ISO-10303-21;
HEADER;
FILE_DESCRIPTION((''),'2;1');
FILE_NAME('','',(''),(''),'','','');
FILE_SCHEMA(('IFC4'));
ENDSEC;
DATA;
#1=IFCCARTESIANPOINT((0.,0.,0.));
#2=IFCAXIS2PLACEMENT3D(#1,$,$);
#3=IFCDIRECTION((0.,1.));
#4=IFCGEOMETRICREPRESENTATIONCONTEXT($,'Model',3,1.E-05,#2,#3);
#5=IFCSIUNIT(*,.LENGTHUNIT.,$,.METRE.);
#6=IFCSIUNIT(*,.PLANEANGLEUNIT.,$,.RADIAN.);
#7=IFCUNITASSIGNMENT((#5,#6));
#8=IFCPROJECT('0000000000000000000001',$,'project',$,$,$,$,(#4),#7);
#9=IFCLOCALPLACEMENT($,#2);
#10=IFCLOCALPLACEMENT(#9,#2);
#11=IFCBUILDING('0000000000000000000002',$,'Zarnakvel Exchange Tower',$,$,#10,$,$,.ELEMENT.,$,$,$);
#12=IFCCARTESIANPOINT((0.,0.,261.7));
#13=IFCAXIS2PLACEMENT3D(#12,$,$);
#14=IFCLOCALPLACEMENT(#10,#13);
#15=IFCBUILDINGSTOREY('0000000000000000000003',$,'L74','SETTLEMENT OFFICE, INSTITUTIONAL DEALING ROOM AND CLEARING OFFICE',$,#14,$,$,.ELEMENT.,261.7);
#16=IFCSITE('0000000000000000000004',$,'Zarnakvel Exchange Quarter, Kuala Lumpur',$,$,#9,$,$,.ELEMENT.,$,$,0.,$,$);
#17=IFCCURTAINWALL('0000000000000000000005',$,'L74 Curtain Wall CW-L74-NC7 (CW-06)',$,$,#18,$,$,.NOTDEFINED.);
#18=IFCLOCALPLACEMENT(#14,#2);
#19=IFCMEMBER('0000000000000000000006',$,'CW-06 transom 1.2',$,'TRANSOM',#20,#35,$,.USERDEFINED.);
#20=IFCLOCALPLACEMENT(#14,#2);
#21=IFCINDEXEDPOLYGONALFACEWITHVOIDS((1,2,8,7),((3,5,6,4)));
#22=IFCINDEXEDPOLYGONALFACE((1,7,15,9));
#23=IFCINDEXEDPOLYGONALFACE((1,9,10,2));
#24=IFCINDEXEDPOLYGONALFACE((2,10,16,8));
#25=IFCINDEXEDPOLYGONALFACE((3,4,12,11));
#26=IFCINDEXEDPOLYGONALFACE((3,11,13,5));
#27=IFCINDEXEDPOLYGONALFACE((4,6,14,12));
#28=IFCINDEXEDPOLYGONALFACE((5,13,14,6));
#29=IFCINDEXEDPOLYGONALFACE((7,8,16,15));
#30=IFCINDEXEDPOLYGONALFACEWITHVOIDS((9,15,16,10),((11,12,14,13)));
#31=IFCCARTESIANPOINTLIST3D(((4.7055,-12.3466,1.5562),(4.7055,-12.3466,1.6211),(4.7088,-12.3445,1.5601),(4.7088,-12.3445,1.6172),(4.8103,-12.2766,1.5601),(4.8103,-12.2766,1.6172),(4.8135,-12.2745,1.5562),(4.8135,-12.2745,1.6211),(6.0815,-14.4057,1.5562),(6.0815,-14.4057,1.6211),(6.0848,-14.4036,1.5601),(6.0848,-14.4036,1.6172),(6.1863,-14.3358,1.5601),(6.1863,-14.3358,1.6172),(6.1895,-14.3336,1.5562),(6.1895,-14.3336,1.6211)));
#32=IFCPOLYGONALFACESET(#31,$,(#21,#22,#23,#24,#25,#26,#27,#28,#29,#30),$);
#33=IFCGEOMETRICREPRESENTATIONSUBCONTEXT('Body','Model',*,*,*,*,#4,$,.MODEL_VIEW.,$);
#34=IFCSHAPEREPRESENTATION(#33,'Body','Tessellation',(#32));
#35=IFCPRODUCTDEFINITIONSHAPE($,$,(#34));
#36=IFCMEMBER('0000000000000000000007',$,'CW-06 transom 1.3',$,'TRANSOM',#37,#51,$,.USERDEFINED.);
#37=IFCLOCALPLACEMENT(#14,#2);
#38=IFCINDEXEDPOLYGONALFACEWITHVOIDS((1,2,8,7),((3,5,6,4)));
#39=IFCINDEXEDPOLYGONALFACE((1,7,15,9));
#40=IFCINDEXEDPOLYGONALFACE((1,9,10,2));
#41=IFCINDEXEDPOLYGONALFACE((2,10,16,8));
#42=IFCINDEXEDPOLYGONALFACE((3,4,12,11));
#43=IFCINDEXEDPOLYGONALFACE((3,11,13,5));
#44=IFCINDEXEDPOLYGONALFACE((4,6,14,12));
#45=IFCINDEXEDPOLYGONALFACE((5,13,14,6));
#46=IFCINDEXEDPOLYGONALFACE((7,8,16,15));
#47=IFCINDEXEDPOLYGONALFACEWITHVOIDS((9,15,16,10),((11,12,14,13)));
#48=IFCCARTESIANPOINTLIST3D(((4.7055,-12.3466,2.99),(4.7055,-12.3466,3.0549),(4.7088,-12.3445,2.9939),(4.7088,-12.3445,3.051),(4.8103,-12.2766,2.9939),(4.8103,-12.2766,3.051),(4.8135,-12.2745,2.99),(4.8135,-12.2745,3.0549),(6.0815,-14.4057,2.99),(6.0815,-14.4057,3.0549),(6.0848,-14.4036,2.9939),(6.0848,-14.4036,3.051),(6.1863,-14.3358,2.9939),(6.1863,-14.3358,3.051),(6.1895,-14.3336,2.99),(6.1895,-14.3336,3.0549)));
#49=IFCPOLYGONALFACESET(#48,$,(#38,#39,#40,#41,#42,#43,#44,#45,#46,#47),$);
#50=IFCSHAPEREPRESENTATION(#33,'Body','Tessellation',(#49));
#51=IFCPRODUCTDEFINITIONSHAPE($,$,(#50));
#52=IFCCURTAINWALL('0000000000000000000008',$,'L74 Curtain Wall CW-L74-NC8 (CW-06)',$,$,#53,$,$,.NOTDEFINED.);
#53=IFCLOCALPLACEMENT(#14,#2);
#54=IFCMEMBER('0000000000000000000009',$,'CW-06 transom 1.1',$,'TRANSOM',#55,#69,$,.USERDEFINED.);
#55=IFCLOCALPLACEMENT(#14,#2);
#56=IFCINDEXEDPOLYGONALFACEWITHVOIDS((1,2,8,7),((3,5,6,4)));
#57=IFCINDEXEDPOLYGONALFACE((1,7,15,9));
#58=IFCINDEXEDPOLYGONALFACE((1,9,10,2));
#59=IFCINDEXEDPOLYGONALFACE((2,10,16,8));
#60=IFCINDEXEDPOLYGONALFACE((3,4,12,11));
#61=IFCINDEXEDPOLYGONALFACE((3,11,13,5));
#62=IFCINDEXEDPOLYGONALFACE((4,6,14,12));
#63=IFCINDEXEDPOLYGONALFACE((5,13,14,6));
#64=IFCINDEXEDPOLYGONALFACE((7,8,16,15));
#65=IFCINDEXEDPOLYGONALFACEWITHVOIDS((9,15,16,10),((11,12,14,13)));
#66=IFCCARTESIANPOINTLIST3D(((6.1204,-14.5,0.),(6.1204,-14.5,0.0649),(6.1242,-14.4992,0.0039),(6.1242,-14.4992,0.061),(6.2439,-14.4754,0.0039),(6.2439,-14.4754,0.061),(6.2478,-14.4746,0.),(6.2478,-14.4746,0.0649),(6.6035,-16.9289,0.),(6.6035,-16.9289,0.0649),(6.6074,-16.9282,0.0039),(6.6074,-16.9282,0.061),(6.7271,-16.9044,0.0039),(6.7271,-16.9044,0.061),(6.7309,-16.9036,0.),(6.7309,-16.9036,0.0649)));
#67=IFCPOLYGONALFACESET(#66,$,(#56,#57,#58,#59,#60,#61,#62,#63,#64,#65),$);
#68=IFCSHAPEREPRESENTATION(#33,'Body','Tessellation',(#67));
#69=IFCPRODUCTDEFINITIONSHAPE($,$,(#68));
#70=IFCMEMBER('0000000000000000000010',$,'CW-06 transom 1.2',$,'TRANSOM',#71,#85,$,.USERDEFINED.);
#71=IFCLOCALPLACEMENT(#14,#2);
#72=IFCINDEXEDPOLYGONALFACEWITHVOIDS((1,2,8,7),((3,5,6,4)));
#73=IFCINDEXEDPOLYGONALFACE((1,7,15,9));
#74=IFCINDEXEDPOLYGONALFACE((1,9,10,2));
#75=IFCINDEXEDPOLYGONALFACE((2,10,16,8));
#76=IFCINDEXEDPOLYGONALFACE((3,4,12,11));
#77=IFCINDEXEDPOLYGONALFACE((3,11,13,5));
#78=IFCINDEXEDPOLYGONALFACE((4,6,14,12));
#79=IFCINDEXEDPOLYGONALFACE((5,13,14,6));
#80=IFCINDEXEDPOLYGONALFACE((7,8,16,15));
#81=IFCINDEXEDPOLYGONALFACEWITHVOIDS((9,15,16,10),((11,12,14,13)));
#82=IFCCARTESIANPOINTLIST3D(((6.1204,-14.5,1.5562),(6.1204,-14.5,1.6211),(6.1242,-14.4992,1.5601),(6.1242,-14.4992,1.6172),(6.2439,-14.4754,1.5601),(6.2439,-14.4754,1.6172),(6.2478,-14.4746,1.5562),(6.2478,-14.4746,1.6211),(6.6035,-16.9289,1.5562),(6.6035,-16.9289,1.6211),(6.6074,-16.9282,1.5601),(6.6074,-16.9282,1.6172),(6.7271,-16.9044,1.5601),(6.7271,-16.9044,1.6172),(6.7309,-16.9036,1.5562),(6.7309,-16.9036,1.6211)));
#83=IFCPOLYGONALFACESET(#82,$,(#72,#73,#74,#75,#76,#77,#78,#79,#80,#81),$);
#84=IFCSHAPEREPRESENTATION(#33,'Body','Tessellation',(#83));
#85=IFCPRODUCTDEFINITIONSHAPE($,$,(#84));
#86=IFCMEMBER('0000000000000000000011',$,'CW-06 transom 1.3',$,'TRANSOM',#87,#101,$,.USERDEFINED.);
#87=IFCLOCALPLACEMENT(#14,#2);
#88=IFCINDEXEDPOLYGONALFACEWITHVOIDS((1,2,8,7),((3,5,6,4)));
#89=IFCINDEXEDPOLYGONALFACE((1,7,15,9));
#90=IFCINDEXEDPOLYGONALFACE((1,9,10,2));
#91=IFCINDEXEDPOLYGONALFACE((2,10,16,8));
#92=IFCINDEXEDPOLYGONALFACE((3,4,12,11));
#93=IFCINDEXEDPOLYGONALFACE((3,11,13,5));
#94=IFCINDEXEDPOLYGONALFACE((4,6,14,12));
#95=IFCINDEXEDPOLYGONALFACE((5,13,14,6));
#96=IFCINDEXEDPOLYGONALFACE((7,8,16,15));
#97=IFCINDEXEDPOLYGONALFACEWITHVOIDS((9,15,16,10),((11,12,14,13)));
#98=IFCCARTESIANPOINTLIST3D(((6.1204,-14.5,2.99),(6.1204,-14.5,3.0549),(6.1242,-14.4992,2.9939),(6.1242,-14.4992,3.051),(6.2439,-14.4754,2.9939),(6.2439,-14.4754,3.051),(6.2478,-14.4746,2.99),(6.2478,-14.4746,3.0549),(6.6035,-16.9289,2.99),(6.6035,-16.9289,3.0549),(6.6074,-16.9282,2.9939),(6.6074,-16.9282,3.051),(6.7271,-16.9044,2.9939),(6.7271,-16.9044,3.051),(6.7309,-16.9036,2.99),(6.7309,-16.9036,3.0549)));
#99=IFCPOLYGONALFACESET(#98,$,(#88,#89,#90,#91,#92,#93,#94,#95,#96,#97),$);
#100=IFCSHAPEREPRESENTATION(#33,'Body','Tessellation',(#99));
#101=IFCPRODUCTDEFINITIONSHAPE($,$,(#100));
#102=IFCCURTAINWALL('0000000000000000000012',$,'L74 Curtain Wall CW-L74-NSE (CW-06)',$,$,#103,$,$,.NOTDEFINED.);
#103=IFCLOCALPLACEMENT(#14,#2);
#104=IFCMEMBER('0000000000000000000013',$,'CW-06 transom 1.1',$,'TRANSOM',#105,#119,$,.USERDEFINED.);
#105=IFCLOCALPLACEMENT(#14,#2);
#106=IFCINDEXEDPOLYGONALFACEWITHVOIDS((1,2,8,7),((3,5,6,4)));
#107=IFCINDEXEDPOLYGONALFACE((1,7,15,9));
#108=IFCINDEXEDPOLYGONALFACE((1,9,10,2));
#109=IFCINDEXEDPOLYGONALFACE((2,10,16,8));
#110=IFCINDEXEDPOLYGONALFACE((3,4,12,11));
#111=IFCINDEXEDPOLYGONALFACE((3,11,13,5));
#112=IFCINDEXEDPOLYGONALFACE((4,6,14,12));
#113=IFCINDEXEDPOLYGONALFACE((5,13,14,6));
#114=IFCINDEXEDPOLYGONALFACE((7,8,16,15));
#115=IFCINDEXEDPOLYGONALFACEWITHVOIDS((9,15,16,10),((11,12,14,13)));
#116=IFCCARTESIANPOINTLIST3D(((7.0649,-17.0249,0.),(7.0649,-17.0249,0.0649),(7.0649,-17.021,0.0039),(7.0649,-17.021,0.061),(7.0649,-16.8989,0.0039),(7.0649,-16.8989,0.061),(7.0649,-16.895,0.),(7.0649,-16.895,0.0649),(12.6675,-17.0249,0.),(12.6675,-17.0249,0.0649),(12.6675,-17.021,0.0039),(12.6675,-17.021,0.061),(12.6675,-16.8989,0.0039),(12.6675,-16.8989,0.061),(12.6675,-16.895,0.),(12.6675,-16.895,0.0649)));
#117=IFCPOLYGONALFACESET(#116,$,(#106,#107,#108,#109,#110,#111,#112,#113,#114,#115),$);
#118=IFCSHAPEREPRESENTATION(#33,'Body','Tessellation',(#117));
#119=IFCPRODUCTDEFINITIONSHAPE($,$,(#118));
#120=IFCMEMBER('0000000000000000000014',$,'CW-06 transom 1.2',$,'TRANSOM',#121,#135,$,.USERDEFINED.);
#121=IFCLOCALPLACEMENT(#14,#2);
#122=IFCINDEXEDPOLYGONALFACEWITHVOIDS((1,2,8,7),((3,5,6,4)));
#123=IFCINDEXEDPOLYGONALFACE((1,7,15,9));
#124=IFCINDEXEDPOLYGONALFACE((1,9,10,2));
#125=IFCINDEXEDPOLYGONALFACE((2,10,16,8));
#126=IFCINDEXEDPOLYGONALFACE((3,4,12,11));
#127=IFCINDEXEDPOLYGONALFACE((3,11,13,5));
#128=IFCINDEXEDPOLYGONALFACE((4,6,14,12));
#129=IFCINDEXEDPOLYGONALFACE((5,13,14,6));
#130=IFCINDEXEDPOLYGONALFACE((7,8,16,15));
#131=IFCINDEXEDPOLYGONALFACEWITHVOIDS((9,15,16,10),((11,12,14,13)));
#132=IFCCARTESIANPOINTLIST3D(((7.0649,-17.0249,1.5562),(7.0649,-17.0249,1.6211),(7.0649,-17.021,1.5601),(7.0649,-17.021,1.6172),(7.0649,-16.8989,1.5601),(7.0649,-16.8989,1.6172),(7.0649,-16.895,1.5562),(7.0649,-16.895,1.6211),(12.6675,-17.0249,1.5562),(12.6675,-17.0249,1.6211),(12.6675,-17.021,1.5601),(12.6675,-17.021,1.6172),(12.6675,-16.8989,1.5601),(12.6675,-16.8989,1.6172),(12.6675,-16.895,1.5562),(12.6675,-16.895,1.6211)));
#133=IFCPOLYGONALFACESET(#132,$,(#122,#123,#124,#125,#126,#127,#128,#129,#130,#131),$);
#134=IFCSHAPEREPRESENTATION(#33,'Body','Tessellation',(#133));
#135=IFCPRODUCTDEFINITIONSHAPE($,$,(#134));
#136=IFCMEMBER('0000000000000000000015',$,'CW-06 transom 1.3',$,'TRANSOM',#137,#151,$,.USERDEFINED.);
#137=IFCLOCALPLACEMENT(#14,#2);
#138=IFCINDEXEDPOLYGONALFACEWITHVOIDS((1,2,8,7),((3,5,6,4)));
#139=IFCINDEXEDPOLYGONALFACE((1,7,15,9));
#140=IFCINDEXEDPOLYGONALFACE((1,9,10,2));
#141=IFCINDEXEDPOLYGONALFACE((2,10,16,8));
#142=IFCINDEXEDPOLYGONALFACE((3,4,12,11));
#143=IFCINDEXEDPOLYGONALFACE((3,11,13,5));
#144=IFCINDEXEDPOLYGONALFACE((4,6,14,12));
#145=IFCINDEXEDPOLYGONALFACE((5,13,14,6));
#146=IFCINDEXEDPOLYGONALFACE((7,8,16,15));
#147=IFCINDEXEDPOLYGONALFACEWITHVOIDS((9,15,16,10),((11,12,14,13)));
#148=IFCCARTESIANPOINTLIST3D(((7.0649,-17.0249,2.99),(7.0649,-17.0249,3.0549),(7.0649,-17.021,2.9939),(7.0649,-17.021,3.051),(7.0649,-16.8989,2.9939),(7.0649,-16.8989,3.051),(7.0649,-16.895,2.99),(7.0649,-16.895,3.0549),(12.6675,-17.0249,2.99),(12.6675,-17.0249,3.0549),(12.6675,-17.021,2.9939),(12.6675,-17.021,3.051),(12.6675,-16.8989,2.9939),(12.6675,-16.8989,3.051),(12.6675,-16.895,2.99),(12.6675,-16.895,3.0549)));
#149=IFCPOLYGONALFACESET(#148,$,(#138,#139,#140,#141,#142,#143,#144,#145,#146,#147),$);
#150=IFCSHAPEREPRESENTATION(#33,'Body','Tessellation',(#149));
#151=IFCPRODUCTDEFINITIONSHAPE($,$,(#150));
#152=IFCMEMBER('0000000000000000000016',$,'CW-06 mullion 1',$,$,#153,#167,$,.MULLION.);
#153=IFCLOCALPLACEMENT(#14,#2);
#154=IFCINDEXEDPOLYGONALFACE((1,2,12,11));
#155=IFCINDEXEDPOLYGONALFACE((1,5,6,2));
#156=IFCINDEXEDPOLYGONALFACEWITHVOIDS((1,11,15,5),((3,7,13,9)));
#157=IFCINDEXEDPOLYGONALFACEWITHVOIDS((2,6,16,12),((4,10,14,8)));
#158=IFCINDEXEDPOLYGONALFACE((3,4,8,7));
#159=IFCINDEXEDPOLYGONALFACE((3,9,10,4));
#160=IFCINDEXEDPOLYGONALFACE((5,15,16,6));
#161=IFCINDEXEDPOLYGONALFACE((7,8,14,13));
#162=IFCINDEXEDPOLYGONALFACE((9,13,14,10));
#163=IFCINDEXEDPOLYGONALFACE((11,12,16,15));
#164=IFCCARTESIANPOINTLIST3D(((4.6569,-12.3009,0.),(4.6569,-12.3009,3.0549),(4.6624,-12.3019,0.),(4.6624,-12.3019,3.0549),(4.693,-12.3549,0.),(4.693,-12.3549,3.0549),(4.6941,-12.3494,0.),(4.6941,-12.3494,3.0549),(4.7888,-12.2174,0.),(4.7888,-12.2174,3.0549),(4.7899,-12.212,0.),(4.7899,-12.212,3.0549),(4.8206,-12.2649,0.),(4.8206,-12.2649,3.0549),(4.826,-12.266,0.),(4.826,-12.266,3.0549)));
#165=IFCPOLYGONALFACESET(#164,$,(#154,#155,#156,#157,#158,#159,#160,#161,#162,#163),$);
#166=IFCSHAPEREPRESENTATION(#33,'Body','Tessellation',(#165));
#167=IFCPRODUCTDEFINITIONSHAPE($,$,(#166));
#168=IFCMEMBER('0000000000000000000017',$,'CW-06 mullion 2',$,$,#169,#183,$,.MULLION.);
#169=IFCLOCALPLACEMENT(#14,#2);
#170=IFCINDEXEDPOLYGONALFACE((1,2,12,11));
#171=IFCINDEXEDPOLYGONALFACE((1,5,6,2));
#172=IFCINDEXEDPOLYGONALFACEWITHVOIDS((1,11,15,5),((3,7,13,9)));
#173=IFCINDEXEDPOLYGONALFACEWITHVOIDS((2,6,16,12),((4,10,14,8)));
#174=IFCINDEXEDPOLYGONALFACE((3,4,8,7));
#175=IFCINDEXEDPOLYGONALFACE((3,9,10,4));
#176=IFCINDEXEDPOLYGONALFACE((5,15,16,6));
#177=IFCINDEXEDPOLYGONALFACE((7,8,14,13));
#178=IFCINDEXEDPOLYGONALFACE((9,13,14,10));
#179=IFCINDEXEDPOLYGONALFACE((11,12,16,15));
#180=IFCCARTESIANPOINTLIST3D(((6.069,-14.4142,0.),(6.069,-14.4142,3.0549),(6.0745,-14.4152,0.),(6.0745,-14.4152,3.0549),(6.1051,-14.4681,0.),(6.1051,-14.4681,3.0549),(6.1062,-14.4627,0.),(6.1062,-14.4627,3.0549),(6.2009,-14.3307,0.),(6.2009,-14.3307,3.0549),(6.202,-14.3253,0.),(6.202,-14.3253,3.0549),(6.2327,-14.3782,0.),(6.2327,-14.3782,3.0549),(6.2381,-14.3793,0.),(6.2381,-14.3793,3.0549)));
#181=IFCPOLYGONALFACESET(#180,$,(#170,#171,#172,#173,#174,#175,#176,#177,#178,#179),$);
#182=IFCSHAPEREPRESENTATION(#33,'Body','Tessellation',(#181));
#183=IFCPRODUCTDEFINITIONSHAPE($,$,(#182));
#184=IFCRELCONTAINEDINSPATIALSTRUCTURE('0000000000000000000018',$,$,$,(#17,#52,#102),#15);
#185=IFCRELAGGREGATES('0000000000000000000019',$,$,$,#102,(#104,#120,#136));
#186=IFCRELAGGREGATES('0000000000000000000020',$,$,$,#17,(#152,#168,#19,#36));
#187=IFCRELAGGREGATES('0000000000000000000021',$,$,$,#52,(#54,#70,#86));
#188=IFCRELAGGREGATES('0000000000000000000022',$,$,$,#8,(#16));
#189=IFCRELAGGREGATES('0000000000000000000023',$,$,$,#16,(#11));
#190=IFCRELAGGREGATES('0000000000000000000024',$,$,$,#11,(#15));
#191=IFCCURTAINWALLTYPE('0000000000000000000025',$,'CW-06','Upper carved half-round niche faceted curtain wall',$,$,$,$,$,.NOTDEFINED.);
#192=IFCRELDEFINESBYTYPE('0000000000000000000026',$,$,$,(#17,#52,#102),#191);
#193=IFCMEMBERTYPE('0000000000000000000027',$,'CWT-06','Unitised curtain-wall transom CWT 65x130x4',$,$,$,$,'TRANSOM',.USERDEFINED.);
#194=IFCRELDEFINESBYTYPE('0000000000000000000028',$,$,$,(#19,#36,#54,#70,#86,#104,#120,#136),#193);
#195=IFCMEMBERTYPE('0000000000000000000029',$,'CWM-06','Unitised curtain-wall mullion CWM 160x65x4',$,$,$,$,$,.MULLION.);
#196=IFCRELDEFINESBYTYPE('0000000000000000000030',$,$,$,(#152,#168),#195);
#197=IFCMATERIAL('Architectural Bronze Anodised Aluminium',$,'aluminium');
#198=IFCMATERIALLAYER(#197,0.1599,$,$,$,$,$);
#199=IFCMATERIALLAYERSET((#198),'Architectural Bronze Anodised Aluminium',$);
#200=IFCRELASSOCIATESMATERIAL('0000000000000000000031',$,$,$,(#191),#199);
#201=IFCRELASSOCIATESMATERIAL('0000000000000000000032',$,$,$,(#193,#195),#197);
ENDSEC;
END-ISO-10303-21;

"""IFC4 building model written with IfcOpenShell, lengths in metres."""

from ifc_helpers import new_model, si_unit, direction, frame, origin, origin_2d, place, context, subcontext, project, spatial, hollow_rectangle, extrude, source, transform, mapped, material, layer, layer_set, material_profile, profile_set, type_object, element, aggregate, save


model = new_model("IFC4")

# Units and contexts
model_context = context("Model", 3, precision=1e-05, world=origin(), true_north=direction((0.0, 1.0)))
body_context = subcontext(model_context, "Body", "Model", "MODEL_VIEW")
ifc_project = project(units=[si_unit("LENGTHUNIT", "METRE"), si_unit("PLANEANGLEUNIT", "RADIAN")], contexts=[model_context])

# Site, building, storey
site_placement = place(None, origin())
site = spatial("IfcSite", under=ifc_project, at=site_placement, Name="Zarnakvel Exchange Quarter, Kuala Lumpur", CompositionType="ELEMENT", RefElevation=0.0)
building_placement = place(site_placement, origin())
building = spatial("IfcBuilding", under=site, at=building_placement, Name="Zarnakvel Exchange Tower", CompositionType="ELEMENT")
storey_placement = place(building_placement, frame((0.0, 0.0, 261.7)))
storey = spatial("IfcBuildingStorey", under=building, at=storey_placement, Name="L74", Description="SETTLEMENT OFFICE, INSTITUTIONAL DEALING ROOM AND CLEARING OFFICE", CompositionType="ELEMENT", Elevation=261.7)

# Curtain walls, members
ifc_material_1 = material(Name="Architectural Bronze Anodised Aluminium", Category="aluminium")
ifc_layer_1 = layer(ifc_material_1, 0.1599)
ifc_layer_set_1 = layer_set([ifc_layer_1], Name="Architectural Bronze Anodised Aluminium")
curtain_wall_type = type_object("IfcCurtainWallType", Name="CW-06", Description="Upper carved half-round niche faceted curtain wall", PredefinedType="NOTDEFINED", material=ifc_layer_set_1)
curtain_wall_1_placement = place(storey_placement, origin())
curtain_wall_1 = element("IfcCurtainWall", 1, at=curtain_wall_1_placement, inside=storey, type_object=curtain_wall_type, Name="L74 Curtain Wall CW-L74-NC7 (CW-06)", PredefinedType="NOTDEFINED")
ifc_material_profile_1 = material_profile(ifc_material_1, hollow_rectangle(XDim=0.1299, YDim=0.0649, WallThickness=0.0039, at=origin_2d()))
ifc_profile_set_1 = profile_set([ifc_material_profile_1], Name="Architectural Bronze Anodised Aluminium")
member_type_1 = type_object("IfcMemberType", Name="CWT-06", Description="Unitised curtain-wall transom CWT 65x130x4", ElementType="TRANSOM", PredefinedType="USERDEFINED", material=ifc_profile_set_1)
shared_shape_1 = source(origin(), body_context, "Body", "SweptSolid", [
    extrude(hollow_rectangle(XDim=0.1299, YDim=0.0649, WallThickness=0.0039, at=origin_2d()), origin(), (0.0, 0.0, 1.0), 2.4766),
])
member_1_placement = place(storey_placement, frame((4.7595, -12.3105, 1.5886), z_axis=(0.55561, -0.831443, 0.0), x_axis=(0.831443, 0.55561, 0.0)))
member_1 = element("IfcMember", 2, at=member_1_placement, type_object=member_type_1, Name="CW-06 transom 1.2", ObjectType="TRANSOM", PredefinedType="USERDEFINED", context=body_context, shape_type="MappedRepresentation", body=[
    mapped(shared_shape_1, transform((0.0, 0.0, 0.0), x_axis=(1.0, 0.0, 0.0), y_axis=(0.0, 1.0, 0.0), z_axis=(0.0, 0.0, 1.0), scale=1.0)),
])
member_2_placement = place(storey_placement, frame((4.7595, -12.3105, 3.0225), z_axis=(0.55561, -0.831443, 0.0), x_axis=(0.831443, 0.55561, 0.0)))
member_2 = element("IfcMember", 3, at=member_2_placement, type_object=member_type_1, Name="CW-06 transom 1.3", ObjectType="TRANSOM", PredefinedType="USERDEFINED", context=body_context, shape_type="MappedRepresentation", body=[
    mapped(shared_shape_1, transform((0.0, 0.0, 0.0), x_axis=(1.0, 0.0, 0.0), y_axis=(0.0, 1.0, 0.0), z_axis=(0.0, 0.0, 1.0), scale=1.0)),
])
curtain_wall_2_placement = place(storey_placement, origin())
curtain_wall_2 = element("IfcCurtainWall", 4, at=curtain_wall_2_placement, inside=storey, type_object=curtain_wall_type, Name="L74 Curtain Wall CW-L74-NC8 (CW-06)", PredefinedType="NOTDEFINED")
member_3_placement = place(storey_placement, frame((6.1841, -14.4873, 0.0325), z_axis=(0.195092, -0.980785, 0.0), x_axis=(0.980785, 0.195092, 0.0)))
member_3 = element("IfcMember", 5, at=member_3_placement, type_object=member_type_1, Name="CW-06 transom 1.1", ObjectType="TRANSOM", PredefinedType="USERDEFINED", context=body_context, shape_type="MappedRepresentation", body=[
    mapped(shared_shape_1, transform((0.0, 0.0, 0.0), x_axis=(1.0, 0.0, 0.0), y_axis=(0.0, 1.0, 0.0), z_axis=(0.0, 0.0, 1.0), scale=1.0)),
])
member_4_placement = place(storey_placement, frame((6.1841, -14.4873, 1.5886), z_axis=(0.195092, -0.980785, 0.0), x_axis=(0.980785, 0.195092, 0.0)))
member_4 = element("IfcMember", 6, at=member_4_placement, type_object=member_type_1, Name="CW-06 transom 1.2", ObjectType="TRANSOM", PredefinedType="USERDEFINED", context=body_context, shape_type="MappedRepresentation", body=[
    mapped(shared_shape_1, transform((0.0, 0.0, 0.0), x_axis=(1.0, 0.0, 0.0), y_axis=(0.0, 1.0, 0.0), z_axis=(0.0, 0.0, 1.0), scale=1.0)),
])
member_5_placement = place(storey_placement, frame((6.1841, -14.4873, 3.0225), z_axis=(0.195092, -0.980785, 0.0), x_axis=(0.980785, 0.195092, 0.0)))
member_5 = element("IfcMember", 7, at=member_5_placement, type_object=member_type_1, Name="CW-06 transom 1.3", ObjectType="TRANSOM", PredefinedType="USERDEFINED", context=body_context, shape_type="MappedRepresentation", body=[
    mapped(shared_shape_1, transform((0.0, 0.0, 0.0), x_axis=(1.0, 0.0, 0.0), y_axis=(0.0, 1.0, 0.0), z_axis=(0.0, 0.0, 1.0), scale=1.0)),
])
curtain_wall_3_placement = place(storey_placement, origin())
curtain_wall_3 = element("IfcCurtainWall", 8, at=curtain_wall_3_placement, inside=storey, type_object=curtain_wall_type, Name="L74 Curtain Wall CW-L74-NSE (CW-06)", PredefinedType="NOTDEFINED")
shared_shape_2 = source(origin(), body_context, "Body", "SweptSolid", [
    extrude(hollow_rectangle(XDim=0.1299, YDim=0.0649, WallThickness=0.0039, at=origin_2d()), origin(), (0.0, 0.0, 1.0), 5.6025),
])
member_6_placement = place(storey_placement, frame((7.0649, -16.96, 0.0325), z_axis=(1.0, 0.0, 0.0), x_axis=(0.0, 1.0, 0.0)))
member_6 = element("IfcMember", 9, at=member_6_placement, type_object=member_type_1, Name="CW-06 transom 1.1", ObjectType="TRANSOM", PredefinedType="USERDEFINED", context=body_context, shape_type="MappedRepresentation", body=[
    mapped(shared_shape_2, transform((0.0, 0.0, 0.0), x_axis=(1.0, 0.0, 0.0), y_axis=(0.0, 1.0, 0.0), z_axis=(0.0, 0.0, 1.0), scale=1.0)),
])
member_7_placement = place(storey_placement, frame((7.0649, -16.96, 1.5886), z_axis=(1.0, 0.0, 0.0), x_axis=(0.0, 1.0, 0.0)))
member_7 = element("IfcMember", 10, at=member_7_placement, type_object=member_type_1, Name="CW-06 transom 1.2", ObjectType="TRANSOM", PredefinedType="USERDEFINED", context=body_context, shape_type="MappedRepresentation", body=[
    mapped(shared_shape_2, transform((0.0, 0.0, 0.0), x_axis=(1.0, 0.0, 0.0), y_axis=(0.0, 1.0, 0.0), z_axis=(0.0, 0.0, 1.0), scale=1.0)),
])
member_8_placement = place(storey_placement, frame((7.0649, -16.96, 3.0225), z_axis=(1.0, 0.0, 0.0), x_axis=(0.0, 1.0, 0.0)))
member_8 = element("IfcMember", 11, at=member_8_placement, type_object=member_type_1, Name="CW-06 transom 1.3", ObjectType="TRANSOM", PredefinedType="USERDEFINED", context=body_context, shape_type="MappedRepresentation", body=[
    mapped(shared_shape_2, transform((0.0, 0.0, 0.0), x_axis=(1.0, 0.0, 0.0), y_axis=(0.0, 1.0, 0.0), z_axis=(0.0, 0.0, 1.0), scale=1.0)),
])

# Members
ifc_material_profile_2 = material_profile(ifc_material_1, hollow_rectangle(XDim=0.1599, YDim=0.0649, WallThickness=0.0039, at=origin_2d()))
ifc_profile_set_2 = profile_set([ifc_material_profile_2], Name="Architectural Bronze Anodised Aluminium")
member_type_2 = type_object("IfcMemberType", Name="CWM-06", Description="Unitised curtain-wall mullion CWM 160x65x4", PredefinedType="MULLION", material=ifc_profile_set_2)
shared_shape_3 = source(origin(), body_context, "Body", "SweptSolid", [
    extrude(hollow_rectangle(XDim=0.1599, YDim=0.0649, WallThickness=0.0039, at=origin_2d()), origin(), (0.0, 0.0, 1.0), 3.0549),
])
member_9_placement = place(storey_placement, frame((4.7415, -12.2834, 0.0), z_axis=(0.0, 0.0, 1.0), x_axis=(0.83147, 0.55557, 0.0)))
member_9 = element("IfcMember", 12, at=member_9_placement, type_object=member_type_2, Name="CW-06 mullion 1", PredefinedType="MULLION", context=body_context, shape_type="MappedRepresentation", body=[
    mapped(shared_shape_3, transform((0.0, 0.0, 0.0), x_axis=(1.0, 0.0, 0.0), y_axis=(0.0, 1.0, 0.0), z_axis=(0.0, 0.0, 1.0), scale=1.0)),
])
member_10_placement = place(storey_placement, frame((6.1536, -14.3967, 0.0), z_axis=(0.0, 0.0, 1.0), x_axis=(0.83147, 0.55557, 0.0)))
member_10 = element("IfcMember", 13, at=member_10_placement, type_object=member_type_2, Name="CW-06 mullion 2", PredefinedType="MULLION", context=body_context, shape_type="MappedRepresentation", body=[
    mapped(shared_shape_3, transform((0.0, 0.0, 0.0), x_axis=(1.0, 0.0, 0.0), y_axis=(0.0, 1.0, 0.0), z_axis=(0.0, 0.0, 1.0), scale=1.0)),
])
aggregate(curtain_wall_3, [member_6, member_7, member_8])

aggregate(curtain_wall_1, [member_9, member_10, member_1, member_2])
aggregate(curtain_wall_2, [member_3, member_4, member_5])

save(model, "model.ifc")
